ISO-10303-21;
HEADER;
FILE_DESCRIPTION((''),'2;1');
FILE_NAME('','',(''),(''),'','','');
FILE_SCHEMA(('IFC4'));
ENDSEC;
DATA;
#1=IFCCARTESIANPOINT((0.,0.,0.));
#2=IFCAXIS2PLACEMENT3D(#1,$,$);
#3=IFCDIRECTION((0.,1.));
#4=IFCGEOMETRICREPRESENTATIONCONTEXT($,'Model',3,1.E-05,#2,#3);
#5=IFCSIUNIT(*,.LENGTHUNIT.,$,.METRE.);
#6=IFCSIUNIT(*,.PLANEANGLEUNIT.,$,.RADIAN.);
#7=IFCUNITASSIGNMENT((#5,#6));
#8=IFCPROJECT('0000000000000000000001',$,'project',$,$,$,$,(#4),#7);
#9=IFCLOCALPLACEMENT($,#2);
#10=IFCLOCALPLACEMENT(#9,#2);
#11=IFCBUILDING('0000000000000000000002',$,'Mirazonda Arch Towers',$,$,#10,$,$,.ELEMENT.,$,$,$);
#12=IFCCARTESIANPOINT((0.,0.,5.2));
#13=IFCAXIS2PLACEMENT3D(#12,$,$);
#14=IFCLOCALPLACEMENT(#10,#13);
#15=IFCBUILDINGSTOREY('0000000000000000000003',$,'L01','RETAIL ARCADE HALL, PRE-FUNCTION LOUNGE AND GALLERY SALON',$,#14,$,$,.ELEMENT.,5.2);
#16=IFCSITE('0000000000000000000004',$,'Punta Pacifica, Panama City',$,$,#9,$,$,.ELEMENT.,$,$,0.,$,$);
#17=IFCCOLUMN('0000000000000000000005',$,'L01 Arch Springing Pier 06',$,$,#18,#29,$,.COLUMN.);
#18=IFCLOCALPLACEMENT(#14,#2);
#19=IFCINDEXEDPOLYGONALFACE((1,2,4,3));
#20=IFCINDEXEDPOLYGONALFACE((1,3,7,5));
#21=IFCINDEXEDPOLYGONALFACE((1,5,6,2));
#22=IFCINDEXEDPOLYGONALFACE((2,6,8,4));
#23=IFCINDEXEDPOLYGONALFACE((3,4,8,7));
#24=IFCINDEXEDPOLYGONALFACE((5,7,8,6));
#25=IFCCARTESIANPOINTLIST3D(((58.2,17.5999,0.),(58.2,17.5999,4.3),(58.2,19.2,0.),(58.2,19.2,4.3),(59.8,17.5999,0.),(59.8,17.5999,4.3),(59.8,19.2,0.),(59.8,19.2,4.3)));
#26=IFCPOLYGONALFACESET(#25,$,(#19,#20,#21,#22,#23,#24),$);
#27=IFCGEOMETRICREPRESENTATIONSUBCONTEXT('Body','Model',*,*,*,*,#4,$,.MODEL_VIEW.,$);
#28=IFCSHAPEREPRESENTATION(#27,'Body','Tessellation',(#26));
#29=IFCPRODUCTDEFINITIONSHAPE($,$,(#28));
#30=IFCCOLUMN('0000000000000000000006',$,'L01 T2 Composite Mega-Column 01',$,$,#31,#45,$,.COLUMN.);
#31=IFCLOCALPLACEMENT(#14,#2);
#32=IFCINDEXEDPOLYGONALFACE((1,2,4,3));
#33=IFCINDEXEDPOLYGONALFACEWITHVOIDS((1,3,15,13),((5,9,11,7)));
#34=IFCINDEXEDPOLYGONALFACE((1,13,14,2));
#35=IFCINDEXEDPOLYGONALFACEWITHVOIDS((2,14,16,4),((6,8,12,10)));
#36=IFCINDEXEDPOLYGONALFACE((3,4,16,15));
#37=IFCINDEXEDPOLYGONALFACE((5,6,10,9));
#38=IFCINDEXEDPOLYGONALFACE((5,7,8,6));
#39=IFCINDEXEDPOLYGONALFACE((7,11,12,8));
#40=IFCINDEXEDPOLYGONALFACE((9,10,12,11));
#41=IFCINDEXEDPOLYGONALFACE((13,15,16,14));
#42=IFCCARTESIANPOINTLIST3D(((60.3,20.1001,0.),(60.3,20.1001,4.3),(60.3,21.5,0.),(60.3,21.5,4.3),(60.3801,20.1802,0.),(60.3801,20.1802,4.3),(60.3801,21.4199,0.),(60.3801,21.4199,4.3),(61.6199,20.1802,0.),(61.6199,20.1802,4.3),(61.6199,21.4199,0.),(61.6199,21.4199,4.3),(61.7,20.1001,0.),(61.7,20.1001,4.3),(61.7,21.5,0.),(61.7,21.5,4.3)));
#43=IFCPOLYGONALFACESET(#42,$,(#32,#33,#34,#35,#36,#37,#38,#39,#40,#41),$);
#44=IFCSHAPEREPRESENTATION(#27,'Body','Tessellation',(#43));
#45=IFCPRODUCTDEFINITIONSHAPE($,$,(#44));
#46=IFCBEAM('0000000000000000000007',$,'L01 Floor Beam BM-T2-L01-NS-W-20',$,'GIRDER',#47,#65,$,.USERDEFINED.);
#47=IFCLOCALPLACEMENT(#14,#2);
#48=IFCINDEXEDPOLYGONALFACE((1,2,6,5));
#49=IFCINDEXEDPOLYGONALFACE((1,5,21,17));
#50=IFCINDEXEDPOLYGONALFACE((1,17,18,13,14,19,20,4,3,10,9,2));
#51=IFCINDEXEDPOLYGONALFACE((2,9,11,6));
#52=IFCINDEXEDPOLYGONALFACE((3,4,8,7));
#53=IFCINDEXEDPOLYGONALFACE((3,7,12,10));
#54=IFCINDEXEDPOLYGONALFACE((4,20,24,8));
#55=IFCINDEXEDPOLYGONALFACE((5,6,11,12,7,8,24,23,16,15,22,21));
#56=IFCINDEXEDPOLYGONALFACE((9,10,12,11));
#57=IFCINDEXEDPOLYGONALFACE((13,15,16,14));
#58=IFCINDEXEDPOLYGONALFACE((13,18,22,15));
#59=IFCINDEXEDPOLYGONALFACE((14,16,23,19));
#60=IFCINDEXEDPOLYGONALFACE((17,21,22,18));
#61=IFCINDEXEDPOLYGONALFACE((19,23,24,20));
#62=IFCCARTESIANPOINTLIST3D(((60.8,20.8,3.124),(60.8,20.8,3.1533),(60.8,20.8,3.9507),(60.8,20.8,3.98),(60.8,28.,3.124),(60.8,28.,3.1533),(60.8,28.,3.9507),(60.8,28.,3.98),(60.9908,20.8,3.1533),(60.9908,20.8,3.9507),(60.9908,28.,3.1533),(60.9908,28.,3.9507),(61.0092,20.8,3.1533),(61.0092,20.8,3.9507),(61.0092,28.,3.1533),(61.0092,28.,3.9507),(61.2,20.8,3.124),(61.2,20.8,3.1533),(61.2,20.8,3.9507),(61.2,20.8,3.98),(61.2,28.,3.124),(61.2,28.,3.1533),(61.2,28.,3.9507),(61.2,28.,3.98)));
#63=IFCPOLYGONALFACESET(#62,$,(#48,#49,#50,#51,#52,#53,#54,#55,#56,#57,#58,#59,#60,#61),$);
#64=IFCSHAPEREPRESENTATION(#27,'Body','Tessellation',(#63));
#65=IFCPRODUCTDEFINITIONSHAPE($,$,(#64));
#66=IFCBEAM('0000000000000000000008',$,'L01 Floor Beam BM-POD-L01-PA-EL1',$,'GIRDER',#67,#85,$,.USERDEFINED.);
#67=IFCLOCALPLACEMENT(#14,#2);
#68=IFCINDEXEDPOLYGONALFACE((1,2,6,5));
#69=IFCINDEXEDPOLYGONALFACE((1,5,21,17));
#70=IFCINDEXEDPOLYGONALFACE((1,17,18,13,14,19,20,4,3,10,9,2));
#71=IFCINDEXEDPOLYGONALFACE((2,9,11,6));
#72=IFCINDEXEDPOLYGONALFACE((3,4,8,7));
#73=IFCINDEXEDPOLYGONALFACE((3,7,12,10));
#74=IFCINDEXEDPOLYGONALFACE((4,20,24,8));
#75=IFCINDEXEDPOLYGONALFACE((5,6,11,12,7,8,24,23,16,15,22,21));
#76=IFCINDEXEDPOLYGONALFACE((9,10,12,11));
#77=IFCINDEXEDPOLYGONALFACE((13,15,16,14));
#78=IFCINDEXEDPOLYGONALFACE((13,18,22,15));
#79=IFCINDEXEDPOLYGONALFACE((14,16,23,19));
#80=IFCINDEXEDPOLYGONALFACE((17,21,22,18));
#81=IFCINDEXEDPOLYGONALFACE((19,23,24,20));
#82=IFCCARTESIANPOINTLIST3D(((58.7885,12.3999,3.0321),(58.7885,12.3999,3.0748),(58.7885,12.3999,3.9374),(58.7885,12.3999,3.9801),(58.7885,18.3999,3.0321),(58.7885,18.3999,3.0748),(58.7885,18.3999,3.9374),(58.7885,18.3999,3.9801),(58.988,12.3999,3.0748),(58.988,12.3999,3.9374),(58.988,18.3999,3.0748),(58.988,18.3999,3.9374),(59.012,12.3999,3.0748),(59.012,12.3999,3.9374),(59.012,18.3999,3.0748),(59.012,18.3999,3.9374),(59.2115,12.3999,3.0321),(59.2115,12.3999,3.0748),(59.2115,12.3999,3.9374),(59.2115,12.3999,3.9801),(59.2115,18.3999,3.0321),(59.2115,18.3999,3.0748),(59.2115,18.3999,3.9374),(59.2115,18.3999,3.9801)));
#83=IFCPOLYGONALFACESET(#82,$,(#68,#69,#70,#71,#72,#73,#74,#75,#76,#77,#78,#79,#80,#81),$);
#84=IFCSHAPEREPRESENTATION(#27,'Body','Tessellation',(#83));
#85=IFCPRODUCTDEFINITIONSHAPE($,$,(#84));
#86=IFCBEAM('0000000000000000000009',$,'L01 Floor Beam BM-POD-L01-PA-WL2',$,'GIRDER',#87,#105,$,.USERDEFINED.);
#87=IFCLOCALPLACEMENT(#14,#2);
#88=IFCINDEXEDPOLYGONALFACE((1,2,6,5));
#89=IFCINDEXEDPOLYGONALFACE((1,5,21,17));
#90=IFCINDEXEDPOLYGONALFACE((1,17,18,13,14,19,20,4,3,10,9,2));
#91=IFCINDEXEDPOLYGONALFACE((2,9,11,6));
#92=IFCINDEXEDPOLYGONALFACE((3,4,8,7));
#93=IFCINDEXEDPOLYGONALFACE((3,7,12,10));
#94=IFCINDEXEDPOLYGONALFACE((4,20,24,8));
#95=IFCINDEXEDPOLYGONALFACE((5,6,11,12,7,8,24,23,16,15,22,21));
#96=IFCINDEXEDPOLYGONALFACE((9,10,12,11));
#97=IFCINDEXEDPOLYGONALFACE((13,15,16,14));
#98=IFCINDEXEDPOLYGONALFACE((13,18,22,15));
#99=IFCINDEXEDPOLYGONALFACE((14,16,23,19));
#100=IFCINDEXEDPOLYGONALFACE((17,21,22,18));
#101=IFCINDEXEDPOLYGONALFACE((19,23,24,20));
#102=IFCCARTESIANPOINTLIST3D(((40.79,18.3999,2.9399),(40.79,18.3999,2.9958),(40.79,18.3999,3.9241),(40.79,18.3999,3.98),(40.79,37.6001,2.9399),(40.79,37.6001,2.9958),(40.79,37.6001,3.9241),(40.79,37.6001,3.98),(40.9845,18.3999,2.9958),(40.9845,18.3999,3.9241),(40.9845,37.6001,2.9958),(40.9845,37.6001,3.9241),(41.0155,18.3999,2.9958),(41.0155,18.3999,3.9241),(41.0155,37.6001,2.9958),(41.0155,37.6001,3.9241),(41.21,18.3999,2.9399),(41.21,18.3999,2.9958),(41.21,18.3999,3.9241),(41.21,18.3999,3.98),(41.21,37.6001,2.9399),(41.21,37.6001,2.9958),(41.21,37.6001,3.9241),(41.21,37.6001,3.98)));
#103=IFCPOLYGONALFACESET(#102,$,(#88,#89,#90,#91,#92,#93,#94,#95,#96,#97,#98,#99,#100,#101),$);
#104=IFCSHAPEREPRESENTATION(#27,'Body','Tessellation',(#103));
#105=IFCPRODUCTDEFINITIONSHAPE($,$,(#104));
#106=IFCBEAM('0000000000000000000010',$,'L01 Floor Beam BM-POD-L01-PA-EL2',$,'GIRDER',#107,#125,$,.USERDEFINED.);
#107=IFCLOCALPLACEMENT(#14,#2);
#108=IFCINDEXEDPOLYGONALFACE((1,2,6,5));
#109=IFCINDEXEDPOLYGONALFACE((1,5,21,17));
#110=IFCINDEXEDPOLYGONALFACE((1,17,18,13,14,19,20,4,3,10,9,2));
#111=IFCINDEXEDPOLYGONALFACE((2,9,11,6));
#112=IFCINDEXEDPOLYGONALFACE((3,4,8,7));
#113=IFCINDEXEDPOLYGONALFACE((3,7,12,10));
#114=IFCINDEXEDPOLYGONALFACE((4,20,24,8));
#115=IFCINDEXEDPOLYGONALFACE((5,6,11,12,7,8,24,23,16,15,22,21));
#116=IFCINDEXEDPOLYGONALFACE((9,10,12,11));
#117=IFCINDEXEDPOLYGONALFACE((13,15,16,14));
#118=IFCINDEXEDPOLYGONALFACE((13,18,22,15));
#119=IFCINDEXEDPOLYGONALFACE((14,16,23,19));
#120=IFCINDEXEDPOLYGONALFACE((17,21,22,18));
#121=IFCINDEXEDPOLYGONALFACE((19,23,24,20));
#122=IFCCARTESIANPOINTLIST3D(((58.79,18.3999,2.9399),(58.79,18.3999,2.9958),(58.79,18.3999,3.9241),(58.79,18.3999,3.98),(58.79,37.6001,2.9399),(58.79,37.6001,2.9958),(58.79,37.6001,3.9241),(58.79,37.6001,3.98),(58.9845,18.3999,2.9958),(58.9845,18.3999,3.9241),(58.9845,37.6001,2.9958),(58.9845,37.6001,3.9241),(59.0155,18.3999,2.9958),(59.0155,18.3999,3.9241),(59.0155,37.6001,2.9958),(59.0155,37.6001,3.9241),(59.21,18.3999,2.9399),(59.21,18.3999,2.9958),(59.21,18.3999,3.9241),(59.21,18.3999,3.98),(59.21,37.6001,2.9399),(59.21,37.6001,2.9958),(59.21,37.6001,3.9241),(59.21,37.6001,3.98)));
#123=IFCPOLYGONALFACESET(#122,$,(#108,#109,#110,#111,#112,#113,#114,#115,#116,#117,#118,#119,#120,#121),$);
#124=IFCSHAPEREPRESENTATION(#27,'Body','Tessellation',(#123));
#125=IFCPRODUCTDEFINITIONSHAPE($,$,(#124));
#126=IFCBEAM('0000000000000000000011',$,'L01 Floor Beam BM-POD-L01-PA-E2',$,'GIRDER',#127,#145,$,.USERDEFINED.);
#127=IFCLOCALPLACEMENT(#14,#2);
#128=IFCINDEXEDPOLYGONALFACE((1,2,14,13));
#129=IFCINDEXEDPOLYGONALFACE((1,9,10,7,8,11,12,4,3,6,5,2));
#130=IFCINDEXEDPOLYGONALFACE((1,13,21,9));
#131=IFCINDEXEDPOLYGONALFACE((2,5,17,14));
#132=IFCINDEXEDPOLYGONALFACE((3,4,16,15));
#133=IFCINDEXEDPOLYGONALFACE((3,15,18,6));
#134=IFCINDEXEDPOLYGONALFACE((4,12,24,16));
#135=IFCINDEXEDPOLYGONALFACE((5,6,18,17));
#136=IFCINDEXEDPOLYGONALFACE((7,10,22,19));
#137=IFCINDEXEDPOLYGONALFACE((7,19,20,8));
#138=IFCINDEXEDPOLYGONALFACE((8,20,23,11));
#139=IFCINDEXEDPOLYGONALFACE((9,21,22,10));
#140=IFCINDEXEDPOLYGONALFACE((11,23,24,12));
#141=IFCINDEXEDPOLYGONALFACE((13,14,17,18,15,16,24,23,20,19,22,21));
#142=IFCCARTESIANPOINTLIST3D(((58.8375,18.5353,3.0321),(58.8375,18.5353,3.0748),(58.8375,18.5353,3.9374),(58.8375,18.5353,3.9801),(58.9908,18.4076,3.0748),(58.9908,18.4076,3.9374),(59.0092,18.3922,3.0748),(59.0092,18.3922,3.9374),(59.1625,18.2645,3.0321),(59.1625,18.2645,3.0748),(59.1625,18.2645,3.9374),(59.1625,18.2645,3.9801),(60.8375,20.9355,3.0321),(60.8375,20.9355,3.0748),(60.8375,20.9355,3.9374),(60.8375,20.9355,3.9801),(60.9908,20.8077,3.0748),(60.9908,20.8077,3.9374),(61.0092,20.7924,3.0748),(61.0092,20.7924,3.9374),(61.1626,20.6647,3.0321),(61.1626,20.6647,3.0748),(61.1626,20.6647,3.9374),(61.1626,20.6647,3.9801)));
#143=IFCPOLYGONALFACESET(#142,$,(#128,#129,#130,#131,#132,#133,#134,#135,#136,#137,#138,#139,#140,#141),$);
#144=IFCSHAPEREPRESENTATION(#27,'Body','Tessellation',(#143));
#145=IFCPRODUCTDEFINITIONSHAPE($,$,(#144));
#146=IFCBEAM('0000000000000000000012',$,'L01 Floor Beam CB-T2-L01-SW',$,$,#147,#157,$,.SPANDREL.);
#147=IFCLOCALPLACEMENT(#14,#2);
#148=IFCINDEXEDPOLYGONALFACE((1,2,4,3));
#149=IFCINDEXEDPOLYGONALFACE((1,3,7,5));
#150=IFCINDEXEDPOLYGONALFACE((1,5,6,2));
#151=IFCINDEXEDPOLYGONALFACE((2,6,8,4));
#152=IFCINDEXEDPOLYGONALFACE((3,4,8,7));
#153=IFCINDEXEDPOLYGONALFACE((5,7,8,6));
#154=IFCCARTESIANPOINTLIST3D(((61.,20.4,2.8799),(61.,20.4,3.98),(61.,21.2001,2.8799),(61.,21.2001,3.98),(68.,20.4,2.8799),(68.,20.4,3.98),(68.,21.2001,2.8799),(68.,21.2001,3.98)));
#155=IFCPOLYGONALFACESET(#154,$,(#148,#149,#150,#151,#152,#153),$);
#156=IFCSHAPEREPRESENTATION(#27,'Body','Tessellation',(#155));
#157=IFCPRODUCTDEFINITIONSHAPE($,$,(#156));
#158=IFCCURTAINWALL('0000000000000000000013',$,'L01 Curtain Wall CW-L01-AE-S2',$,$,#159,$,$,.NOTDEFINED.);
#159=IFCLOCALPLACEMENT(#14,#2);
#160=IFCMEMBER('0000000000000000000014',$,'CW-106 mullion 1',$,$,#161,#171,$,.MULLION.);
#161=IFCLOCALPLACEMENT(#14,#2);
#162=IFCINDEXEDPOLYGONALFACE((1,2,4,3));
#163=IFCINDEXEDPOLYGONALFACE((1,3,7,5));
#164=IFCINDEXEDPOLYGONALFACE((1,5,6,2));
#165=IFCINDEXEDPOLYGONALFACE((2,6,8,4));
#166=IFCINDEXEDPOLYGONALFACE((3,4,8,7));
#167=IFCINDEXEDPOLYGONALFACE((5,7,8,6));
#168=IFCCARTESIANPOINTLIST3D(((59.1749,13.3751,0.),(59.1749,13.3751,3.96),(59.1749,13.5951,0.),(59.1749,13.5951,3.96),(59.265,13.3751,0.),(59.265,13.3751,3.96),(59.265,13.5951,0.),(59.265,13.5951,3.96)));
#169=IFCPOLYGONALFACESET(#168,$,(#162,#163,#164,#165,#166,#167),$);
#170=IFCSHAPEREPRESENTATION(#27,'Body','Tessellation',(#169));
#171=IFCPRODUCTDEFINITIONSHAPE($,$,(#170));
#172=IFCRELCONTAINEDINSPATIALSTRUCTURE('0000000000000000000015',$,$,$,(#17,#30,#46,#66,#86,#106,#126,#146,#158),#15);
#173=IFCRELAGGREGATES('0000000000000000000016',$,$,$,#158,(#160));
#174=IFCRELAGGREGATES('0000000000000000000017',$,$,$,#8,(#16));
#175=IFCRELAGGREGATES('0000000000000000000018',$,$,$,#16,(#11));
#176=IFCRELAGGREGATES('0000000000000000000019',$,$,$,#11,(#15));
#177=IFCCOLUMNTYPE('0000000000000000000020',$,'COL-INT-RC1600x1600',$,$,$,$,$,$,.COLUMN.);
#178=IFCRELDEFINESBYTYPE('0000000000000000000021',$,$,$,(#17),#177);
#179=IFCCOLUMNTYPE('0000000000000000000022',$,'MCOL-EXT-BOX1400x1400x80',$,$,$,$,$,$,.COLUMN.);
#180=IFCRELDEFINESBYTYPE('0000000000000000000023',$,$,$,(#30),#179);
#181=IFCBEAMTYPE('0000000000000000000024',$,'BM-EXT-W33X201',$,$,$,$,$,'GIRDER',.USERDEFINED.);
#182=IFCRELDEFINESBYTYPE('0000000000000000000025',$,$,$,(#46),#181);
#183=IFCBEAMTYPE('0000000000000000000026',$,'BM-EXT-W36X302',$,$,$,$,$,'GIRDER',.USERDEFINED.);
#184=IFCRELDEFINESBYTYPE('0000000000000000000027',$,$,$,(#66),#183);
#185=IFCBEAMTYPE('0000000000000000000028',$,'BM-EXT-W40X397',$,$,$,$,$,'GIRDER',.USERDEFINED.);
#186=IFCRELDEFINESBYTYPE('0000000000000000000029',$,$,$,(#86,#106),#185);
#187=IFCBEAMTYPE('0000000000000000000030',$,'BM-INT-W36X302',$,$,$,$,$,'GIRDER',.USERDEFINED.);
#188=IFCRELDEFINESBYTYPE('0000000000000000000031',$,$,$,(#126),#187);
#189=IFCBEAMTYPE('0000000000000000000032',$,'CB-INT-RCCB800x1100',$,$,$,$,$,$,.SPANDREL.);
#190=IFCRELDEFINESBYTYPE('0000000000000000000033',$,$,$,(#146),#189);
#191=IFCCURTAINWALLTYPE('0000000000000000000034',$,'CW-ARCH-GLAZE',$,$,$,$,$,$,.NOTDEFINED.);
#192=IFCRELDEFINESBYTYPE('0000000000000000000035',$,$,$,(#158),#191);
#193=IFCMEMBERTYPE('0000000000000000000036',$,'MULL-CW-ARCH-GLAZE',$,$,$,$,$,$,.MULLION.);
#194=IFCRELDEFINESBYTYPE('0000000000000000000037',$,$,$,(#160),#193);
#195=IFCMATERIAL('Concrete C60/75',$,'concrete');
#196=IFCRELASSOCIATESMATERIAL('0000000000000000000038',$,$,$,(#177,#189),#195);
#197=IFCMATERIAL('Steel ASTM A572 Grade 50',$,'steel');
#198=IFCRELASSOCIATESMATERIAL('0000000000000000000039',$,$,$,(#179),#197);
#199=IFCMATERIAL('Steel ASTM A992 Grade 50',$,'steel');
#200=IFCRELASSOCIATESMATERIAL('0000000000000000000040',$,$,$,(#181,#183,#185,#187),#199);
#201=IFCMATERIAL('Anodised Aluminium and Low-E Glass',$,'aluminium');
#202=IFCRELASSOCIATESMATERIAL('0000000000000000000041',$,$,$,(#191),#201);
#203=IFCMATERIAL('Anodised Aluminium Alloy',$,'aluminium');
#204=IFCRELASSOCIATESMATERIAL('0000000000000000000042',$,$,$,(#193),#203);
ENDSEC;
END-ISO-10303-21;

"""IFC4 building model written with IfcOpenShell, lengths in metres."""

from ifc_helpers import new_model, si_unit, direction, frame, origin, origin_2d, place, context, subcontext, project, spatial, rectangle, hollow_rectangle, i_section, extrude, material, material_profile, profile_set, type_object, element, aggregate, save


model = new_model("IFC4")

# Units and contexts
model_context = context("Model", 3, precision=1e-05, world=origin(), true_north=direction((0.0, 1.0)))
body_context = subcontext(model_context, "Body", "Model", "MODEL_VIEW")
ifc_project = project(units=[si_unit("LENGTHUNIT", "METRE"), si_unit("PLANEANGLEUNIT", "RADIAN")], contexts=[model_context])

# Site, building, storey
site_placement = place(None, origin())
site = spatial("IfcSite", under=ifc_project, at=site_placement, Name="Punta Pacifica, Panama City", CompositionType="ELEMENT", RefElevation=0.0)
building_placement = place(site_placement, origin())
building = spatial("IfcBuilding", under=site, at=building_placement, Name="Mirazonda Arch Towers", CompositionType="ELEMENT")
storey_placement = place(building_placement, frame((0.0, 0.0, 5.2)))
storey = spatial("IfcBuildingStorey", under=building, at=storey_placement, Name="L01", Description="RETAIL ARCADE HALL, PRE-FUNCTION LOUNGE AND GALLERY SALON", CompositionType="ELEMENT", Elevation=5.2)

# Columns
ifc_material_1 = material(Name="Concrete C60/75", Category="concrete")
ifc_material_profile_1 = material_profile(ifc_material_1, rectangle(XDim=1.6001, YDim=1.6001, at=origin_2d()), Name="RC1600x1600")
ifc_profile_set_1 = profile_set([ifc_material_profile_1], Name="Concrete C60/75")
column_type_1 = type_object("IfcColumnType", Name="COL-INT-RC1600x1600", PredefinedType="COLUMN", material=ifc_profile_set_1)
column_1_placement = place(storey_placement, frame((59.0, 18.3999, 0.0), z_axis=(0.0, 0.0, 1.0), x_axis=(1.0, 0.0, 0.0)))
element("IfcColumn", 1, at=column_1_placement, inside=storey, type_object=column_type_1, Name="L01 Arch Springing Pier 06", PredefinedType="COLUMN", context=body_context, shape_type="SweptSolid", body=[
    extrude(rectangle(XDim=1.6001, YDim=1.6001, at=origin_2d()), origin(), (0.0, 0.0, 1.0), 4.3),
])
ifc_material_2 = material(Name="Steel ASTM A572 Grade 50", Category="steel")
ifc_material_profile_2 = material_profile(ifc_material_2, hollow_rectangle(XDim=1.3999, YDim=1.3999, WallThickness=0.0801, at=origin_2d()), Name="BOX1400x1400x80")
ifc_profile_set_2 = profile_set([ifc_material_profile_2], Name="Steel ASTM A572 Grade 50")
column_type_2 = type_object("IfcColumnType", Name="MCOL-EXT-BOX1400x1400x80", PredefinedType="COLUMN", material=ifc_profile_set_2)
column_2_placement = place(storey_placement, frame((61.0, 20.8, 0.0), z_axis=(0.0, 0.0, 1.0), x_axis=(1.0, 0.0, 0.0)))
element("IfcColumn", 2, at=column_2_placement, inside=storey, type_object=column_type_2, Name="L01 T2 Composite Mega-Column 01", PredefinedType="COLUMN", context=body_context, shape_type="SweptSolid", body=[
    extrude(hollow_rectangle(XDim=1.3999, YDim=1.3999, WallThickness=0.0801, at=origin_2d()), origin(), (0.0, 0.0, 1.0), 4.3),
])

# Beams
ifc_material_3 = material(Name="Steel ASTM A992 Grade 50", Category="steel")
ifc_material_profile_3 = material_profile(ifc_material_3, i_section(OverallWidth=0.3999, OverallDepth=0.856, WebThickness=0.0183, FlangeThickness=0.0293, at=origin_2d()), Name="W33X201")
ifc_profile_set_3 = profile_set([ifc_material_profile_3], Name="Steel ASTM A992 Grade 50")
beam_type_1 = type_object("IfcBeamType", Name="BM-EXT-W33X201", ElementType="GIRDER", PredefinedType="USERDEFINED", material=ifc_profile_set_3)
beam_1_placement = place(storey_placement, frame((61.0, 20.8, 3.552), z_axis=(0.0, 1.0, 0.0), x_axis=(-1.0, 0.0, 0.0)))
element("IfcBeam", 3, at=beam_1_placement, inside=storey, type_object=beam_type_1, Name="L01 Floor Beam BM-T2-L01-NS-W-20", ObjectType="GIRDER", PredefinedType="USERDEFINED", context=body_context, shape_type="SweptSolid", body=[
    extrude(i_section(OverallWidth=0.3999, OverallDepth=0.856, WebThickness=0.0183, FlangeThickness=0.0293, at=origin_2d()), origin(), (0.0, 0.0, 1.0), 7.2),
])
ifc_material_profile_4 = material_profile(ifc_material_3, i_section(OverallWidth=0.4231, OverallDepth=0.948, WebThickness=0.0239, FlangeThickness=0.0427, at=origin_2d()), Name="W36X302")
ifc_profile_set_4 = profile_set([ifc_material_profile_4], Name="Steel ASTM A992 Grade 50")
beam_type_2 = type_object("IfcBeamType", Name="BM-EXT-W36X302", ElementType="GIRDER", PredefinedType="USERDEFINED", material=ifc_profile_set_4)
beam_2_placement = place(storey_placement, frame((59.0, 12.3999, 3.5061), z_axis=(0.0, 1.0, 0.0), x_axis=(-1.0, 0.0, 0.0)))
element("IfcBeam", 4, at=beam_2_placement, inside=storey, type_object=beam_type_2, Name="L01 Floor Beam BM-POD-L01-PA-EL1", ObjectType="GIRDER", PredefinedType="USERDEFINED", context=body_context, shape_type="SweptSolid", body=[
    extrude(i_section(OverallWidth=0.4231, OverallDepth=0.948, WebThickness=0.0239, FlangeThickness=0.0427, at=origin_2d()), origin(), (0.0, 0.0, 1.0), 6.0),
])
ifc_material_profile_5 = material_profile(ifc_material_3, i_section(OverallWidth=0.4199, OverallDepth=1.04, WebThickness=0.031, FlangeThickness=0.0559, at=origin_2d()), Name="W40X397")
ifc_profile_set_5 = profile_set([ifc_material_profile_5], Name="Steel ASTM A992 Grade 50")
beam_type_3 = type_object("IfcBeamType", Name="BM-EXT-W40X397", ElementType="GIRDER", PredefinedType="USERDEFINED", material=ifc_profile_set_5)
for number, where, z_axis, x_axis, name in (
    (5, (41.0, 18.3999, 3.46), (0.0, 1.0, 0.0), (-1.0, 0.0, 0.0), "L01 Floor Beam BM-POD-L01-PA-WL2"),
    (6, (59.0, 18.3999, 3.46), (0.0, 1.0, 0.0), (-1.0, 0.0, 0.0), "L01 Floor Beam BM-POD-L01-PA-EL2"),
):
    element("IfcBeam", number, at=place(storey_placement, frame(where, z_axis=z_axis, x_axis=x_axis)), inside=storey, type_object=beam_type_3, Name=name, ObjectType="GIRDER", PredefinedType="USERDEFINED", context=body_context, shape_type="SweptSolid", body=[
        extrude(i_section(OverallWidth=0.4199, OverallDepth=1.04, WebThickness=0.031, FlangeThickness=0.0559, at=origin_2d()), origin(), (0.0, 0.0, 1.0), 19.2002),
    ])
ifc_material_profile_6 = material_profile(ifc_material_3, i_section(OverallWidth=0.4231, OverallDepth=0.948, WebThickness=0.0239, FlangeThickness=0.0427, at=origin_2d()), Name="W36X302")
ifc_profile_set_6 = profile_set([ifc_material_profile_6], Name="Steel ASTM A992 Grade 50")
beam_type_4 = type_object("IfcBeamType", Name="BM-INT-W36X302", ElementType="GIRDER", PredefinedType="USERDEFINED", material=ifc_profile_set_6)
beam_3_placement = place(storey_placement, frame((59.0, 18.3999, 3.5061), z_axis=(0.640161, 0.76824, 0.0), x_axis=(-0.76824, 0.640161, 0.0)))
element("IfcBeam", 7, at=beam_3_placement, inside=storey, type_object=beam_type_4, Name="L01 Floor Beam BM-POD-L01-PA-E2", ObjectType="GIRDER", PredefinedType="USERDEFINED", context=body_context, shape_type="SweptSolid", body=[
    extrude(i_section(OverallWidth=0.4231, OverallDepth=0.948, WebThickness=0.0239, FlangeThickness=0.0427, at=origin_2d()), origin(), (0.0, 0.0, 1.0), 3.1243),
])
ifc_material_profile_7 = material_profile(ifc_material_1, rectangle(XDim=0.8, YDim=1.1001, at=origin_2d()), Name="RCCB800x1100")
ifc_profile_set_7 = profile_set([ifc_material_profile_7], Name="Concrete C60/75")
beam_type_5 = type_object("IfcBeamType", Name="CB-INT-RCCB800x1100", PredefinedType="SPANDREL", material=ifc_profile_set_7)
beam_4_placement = place(storey_placement, frame((61.0, 20.8, 3.4299), z_axis=(1.0, 0.0, 0.0), x_axis=(0.0, 1.0, 0.0)))
element("IfcBeam", 8, at=beam_4_placement, inside=storey, type_object=beam_type_5, Name="L01 Floor Beam CB-T2-L01-SW", PredefinedType="SPANDREL", context=body_context, shape_type="SweptSolid", body=[
    extrude(rectangle(XDim=0.8, YDim=1.1001, at=origin_2d()), origin(), (0.0, 0.0, 1.0), 7.0),
])

# Curtain wall, member
ifc_material_4 = material(Name="Anodised Aluminium and Low-E Glass", Category="aluminium")
curtain_wall_type = type_object("IfcCurtainWallType", Name="CW-ARCH-GLAZE", PredefinedType="NOTDEFINED", material=ifc_material_4)
curtain_wall_1_placement = place(storey_placement, origin())
curtain_wall_1 = element("IfcCurtainWall", 9, at=curtain_wall_1_placement, inside=storey, type_object=curtain_wall_type, Name="L01 Curtain Wall CW-L01-AE-S2", PredefinedType="NOTDEFINED")
ifc_material_5 = material(Name="Anodised Aluminium Alloy", Category="aluminium")
ifc_material_profile_8 = material_profile(ifc_material_5, rectangle(XDim=0.0901, YDim=0.22, at=origin_2d()), Name="ALU-MULL-90x220")
ifc_profile_set_8 = profile_set([ifc_material_profile_8], Name="Anodised Aluminium Alloy")
member_type_1 = type_object("IfcMemberType", Name="MULL-CW-ARCH-GLAZE", PredefinedType="MULLION", material=ifc_profile_set_8)
member_1_placement = place(storey_placement, frame((59.22, 13.4851, 0.0), z_axis=(0.0, 0.0, 1.0), x_axis=(-1.0, 0.0, 0.0)))
member_1 = element("IfcMember", 10, at=member_1_placement, type_object=member_type_1, Name="CW-106 mullion 1", PredefinedType="MULLION", context=body_context, shape_type="SweptSolid", body=[
    extrude(rectangle(XDim=0.0901, YDim=0.22, at=origin_2d()), origin(), (0.0, 0.0, 1.0), 3.96),
])

aggregate(curtain_wall_1, [member_1])

save(model, "model.ifc")
